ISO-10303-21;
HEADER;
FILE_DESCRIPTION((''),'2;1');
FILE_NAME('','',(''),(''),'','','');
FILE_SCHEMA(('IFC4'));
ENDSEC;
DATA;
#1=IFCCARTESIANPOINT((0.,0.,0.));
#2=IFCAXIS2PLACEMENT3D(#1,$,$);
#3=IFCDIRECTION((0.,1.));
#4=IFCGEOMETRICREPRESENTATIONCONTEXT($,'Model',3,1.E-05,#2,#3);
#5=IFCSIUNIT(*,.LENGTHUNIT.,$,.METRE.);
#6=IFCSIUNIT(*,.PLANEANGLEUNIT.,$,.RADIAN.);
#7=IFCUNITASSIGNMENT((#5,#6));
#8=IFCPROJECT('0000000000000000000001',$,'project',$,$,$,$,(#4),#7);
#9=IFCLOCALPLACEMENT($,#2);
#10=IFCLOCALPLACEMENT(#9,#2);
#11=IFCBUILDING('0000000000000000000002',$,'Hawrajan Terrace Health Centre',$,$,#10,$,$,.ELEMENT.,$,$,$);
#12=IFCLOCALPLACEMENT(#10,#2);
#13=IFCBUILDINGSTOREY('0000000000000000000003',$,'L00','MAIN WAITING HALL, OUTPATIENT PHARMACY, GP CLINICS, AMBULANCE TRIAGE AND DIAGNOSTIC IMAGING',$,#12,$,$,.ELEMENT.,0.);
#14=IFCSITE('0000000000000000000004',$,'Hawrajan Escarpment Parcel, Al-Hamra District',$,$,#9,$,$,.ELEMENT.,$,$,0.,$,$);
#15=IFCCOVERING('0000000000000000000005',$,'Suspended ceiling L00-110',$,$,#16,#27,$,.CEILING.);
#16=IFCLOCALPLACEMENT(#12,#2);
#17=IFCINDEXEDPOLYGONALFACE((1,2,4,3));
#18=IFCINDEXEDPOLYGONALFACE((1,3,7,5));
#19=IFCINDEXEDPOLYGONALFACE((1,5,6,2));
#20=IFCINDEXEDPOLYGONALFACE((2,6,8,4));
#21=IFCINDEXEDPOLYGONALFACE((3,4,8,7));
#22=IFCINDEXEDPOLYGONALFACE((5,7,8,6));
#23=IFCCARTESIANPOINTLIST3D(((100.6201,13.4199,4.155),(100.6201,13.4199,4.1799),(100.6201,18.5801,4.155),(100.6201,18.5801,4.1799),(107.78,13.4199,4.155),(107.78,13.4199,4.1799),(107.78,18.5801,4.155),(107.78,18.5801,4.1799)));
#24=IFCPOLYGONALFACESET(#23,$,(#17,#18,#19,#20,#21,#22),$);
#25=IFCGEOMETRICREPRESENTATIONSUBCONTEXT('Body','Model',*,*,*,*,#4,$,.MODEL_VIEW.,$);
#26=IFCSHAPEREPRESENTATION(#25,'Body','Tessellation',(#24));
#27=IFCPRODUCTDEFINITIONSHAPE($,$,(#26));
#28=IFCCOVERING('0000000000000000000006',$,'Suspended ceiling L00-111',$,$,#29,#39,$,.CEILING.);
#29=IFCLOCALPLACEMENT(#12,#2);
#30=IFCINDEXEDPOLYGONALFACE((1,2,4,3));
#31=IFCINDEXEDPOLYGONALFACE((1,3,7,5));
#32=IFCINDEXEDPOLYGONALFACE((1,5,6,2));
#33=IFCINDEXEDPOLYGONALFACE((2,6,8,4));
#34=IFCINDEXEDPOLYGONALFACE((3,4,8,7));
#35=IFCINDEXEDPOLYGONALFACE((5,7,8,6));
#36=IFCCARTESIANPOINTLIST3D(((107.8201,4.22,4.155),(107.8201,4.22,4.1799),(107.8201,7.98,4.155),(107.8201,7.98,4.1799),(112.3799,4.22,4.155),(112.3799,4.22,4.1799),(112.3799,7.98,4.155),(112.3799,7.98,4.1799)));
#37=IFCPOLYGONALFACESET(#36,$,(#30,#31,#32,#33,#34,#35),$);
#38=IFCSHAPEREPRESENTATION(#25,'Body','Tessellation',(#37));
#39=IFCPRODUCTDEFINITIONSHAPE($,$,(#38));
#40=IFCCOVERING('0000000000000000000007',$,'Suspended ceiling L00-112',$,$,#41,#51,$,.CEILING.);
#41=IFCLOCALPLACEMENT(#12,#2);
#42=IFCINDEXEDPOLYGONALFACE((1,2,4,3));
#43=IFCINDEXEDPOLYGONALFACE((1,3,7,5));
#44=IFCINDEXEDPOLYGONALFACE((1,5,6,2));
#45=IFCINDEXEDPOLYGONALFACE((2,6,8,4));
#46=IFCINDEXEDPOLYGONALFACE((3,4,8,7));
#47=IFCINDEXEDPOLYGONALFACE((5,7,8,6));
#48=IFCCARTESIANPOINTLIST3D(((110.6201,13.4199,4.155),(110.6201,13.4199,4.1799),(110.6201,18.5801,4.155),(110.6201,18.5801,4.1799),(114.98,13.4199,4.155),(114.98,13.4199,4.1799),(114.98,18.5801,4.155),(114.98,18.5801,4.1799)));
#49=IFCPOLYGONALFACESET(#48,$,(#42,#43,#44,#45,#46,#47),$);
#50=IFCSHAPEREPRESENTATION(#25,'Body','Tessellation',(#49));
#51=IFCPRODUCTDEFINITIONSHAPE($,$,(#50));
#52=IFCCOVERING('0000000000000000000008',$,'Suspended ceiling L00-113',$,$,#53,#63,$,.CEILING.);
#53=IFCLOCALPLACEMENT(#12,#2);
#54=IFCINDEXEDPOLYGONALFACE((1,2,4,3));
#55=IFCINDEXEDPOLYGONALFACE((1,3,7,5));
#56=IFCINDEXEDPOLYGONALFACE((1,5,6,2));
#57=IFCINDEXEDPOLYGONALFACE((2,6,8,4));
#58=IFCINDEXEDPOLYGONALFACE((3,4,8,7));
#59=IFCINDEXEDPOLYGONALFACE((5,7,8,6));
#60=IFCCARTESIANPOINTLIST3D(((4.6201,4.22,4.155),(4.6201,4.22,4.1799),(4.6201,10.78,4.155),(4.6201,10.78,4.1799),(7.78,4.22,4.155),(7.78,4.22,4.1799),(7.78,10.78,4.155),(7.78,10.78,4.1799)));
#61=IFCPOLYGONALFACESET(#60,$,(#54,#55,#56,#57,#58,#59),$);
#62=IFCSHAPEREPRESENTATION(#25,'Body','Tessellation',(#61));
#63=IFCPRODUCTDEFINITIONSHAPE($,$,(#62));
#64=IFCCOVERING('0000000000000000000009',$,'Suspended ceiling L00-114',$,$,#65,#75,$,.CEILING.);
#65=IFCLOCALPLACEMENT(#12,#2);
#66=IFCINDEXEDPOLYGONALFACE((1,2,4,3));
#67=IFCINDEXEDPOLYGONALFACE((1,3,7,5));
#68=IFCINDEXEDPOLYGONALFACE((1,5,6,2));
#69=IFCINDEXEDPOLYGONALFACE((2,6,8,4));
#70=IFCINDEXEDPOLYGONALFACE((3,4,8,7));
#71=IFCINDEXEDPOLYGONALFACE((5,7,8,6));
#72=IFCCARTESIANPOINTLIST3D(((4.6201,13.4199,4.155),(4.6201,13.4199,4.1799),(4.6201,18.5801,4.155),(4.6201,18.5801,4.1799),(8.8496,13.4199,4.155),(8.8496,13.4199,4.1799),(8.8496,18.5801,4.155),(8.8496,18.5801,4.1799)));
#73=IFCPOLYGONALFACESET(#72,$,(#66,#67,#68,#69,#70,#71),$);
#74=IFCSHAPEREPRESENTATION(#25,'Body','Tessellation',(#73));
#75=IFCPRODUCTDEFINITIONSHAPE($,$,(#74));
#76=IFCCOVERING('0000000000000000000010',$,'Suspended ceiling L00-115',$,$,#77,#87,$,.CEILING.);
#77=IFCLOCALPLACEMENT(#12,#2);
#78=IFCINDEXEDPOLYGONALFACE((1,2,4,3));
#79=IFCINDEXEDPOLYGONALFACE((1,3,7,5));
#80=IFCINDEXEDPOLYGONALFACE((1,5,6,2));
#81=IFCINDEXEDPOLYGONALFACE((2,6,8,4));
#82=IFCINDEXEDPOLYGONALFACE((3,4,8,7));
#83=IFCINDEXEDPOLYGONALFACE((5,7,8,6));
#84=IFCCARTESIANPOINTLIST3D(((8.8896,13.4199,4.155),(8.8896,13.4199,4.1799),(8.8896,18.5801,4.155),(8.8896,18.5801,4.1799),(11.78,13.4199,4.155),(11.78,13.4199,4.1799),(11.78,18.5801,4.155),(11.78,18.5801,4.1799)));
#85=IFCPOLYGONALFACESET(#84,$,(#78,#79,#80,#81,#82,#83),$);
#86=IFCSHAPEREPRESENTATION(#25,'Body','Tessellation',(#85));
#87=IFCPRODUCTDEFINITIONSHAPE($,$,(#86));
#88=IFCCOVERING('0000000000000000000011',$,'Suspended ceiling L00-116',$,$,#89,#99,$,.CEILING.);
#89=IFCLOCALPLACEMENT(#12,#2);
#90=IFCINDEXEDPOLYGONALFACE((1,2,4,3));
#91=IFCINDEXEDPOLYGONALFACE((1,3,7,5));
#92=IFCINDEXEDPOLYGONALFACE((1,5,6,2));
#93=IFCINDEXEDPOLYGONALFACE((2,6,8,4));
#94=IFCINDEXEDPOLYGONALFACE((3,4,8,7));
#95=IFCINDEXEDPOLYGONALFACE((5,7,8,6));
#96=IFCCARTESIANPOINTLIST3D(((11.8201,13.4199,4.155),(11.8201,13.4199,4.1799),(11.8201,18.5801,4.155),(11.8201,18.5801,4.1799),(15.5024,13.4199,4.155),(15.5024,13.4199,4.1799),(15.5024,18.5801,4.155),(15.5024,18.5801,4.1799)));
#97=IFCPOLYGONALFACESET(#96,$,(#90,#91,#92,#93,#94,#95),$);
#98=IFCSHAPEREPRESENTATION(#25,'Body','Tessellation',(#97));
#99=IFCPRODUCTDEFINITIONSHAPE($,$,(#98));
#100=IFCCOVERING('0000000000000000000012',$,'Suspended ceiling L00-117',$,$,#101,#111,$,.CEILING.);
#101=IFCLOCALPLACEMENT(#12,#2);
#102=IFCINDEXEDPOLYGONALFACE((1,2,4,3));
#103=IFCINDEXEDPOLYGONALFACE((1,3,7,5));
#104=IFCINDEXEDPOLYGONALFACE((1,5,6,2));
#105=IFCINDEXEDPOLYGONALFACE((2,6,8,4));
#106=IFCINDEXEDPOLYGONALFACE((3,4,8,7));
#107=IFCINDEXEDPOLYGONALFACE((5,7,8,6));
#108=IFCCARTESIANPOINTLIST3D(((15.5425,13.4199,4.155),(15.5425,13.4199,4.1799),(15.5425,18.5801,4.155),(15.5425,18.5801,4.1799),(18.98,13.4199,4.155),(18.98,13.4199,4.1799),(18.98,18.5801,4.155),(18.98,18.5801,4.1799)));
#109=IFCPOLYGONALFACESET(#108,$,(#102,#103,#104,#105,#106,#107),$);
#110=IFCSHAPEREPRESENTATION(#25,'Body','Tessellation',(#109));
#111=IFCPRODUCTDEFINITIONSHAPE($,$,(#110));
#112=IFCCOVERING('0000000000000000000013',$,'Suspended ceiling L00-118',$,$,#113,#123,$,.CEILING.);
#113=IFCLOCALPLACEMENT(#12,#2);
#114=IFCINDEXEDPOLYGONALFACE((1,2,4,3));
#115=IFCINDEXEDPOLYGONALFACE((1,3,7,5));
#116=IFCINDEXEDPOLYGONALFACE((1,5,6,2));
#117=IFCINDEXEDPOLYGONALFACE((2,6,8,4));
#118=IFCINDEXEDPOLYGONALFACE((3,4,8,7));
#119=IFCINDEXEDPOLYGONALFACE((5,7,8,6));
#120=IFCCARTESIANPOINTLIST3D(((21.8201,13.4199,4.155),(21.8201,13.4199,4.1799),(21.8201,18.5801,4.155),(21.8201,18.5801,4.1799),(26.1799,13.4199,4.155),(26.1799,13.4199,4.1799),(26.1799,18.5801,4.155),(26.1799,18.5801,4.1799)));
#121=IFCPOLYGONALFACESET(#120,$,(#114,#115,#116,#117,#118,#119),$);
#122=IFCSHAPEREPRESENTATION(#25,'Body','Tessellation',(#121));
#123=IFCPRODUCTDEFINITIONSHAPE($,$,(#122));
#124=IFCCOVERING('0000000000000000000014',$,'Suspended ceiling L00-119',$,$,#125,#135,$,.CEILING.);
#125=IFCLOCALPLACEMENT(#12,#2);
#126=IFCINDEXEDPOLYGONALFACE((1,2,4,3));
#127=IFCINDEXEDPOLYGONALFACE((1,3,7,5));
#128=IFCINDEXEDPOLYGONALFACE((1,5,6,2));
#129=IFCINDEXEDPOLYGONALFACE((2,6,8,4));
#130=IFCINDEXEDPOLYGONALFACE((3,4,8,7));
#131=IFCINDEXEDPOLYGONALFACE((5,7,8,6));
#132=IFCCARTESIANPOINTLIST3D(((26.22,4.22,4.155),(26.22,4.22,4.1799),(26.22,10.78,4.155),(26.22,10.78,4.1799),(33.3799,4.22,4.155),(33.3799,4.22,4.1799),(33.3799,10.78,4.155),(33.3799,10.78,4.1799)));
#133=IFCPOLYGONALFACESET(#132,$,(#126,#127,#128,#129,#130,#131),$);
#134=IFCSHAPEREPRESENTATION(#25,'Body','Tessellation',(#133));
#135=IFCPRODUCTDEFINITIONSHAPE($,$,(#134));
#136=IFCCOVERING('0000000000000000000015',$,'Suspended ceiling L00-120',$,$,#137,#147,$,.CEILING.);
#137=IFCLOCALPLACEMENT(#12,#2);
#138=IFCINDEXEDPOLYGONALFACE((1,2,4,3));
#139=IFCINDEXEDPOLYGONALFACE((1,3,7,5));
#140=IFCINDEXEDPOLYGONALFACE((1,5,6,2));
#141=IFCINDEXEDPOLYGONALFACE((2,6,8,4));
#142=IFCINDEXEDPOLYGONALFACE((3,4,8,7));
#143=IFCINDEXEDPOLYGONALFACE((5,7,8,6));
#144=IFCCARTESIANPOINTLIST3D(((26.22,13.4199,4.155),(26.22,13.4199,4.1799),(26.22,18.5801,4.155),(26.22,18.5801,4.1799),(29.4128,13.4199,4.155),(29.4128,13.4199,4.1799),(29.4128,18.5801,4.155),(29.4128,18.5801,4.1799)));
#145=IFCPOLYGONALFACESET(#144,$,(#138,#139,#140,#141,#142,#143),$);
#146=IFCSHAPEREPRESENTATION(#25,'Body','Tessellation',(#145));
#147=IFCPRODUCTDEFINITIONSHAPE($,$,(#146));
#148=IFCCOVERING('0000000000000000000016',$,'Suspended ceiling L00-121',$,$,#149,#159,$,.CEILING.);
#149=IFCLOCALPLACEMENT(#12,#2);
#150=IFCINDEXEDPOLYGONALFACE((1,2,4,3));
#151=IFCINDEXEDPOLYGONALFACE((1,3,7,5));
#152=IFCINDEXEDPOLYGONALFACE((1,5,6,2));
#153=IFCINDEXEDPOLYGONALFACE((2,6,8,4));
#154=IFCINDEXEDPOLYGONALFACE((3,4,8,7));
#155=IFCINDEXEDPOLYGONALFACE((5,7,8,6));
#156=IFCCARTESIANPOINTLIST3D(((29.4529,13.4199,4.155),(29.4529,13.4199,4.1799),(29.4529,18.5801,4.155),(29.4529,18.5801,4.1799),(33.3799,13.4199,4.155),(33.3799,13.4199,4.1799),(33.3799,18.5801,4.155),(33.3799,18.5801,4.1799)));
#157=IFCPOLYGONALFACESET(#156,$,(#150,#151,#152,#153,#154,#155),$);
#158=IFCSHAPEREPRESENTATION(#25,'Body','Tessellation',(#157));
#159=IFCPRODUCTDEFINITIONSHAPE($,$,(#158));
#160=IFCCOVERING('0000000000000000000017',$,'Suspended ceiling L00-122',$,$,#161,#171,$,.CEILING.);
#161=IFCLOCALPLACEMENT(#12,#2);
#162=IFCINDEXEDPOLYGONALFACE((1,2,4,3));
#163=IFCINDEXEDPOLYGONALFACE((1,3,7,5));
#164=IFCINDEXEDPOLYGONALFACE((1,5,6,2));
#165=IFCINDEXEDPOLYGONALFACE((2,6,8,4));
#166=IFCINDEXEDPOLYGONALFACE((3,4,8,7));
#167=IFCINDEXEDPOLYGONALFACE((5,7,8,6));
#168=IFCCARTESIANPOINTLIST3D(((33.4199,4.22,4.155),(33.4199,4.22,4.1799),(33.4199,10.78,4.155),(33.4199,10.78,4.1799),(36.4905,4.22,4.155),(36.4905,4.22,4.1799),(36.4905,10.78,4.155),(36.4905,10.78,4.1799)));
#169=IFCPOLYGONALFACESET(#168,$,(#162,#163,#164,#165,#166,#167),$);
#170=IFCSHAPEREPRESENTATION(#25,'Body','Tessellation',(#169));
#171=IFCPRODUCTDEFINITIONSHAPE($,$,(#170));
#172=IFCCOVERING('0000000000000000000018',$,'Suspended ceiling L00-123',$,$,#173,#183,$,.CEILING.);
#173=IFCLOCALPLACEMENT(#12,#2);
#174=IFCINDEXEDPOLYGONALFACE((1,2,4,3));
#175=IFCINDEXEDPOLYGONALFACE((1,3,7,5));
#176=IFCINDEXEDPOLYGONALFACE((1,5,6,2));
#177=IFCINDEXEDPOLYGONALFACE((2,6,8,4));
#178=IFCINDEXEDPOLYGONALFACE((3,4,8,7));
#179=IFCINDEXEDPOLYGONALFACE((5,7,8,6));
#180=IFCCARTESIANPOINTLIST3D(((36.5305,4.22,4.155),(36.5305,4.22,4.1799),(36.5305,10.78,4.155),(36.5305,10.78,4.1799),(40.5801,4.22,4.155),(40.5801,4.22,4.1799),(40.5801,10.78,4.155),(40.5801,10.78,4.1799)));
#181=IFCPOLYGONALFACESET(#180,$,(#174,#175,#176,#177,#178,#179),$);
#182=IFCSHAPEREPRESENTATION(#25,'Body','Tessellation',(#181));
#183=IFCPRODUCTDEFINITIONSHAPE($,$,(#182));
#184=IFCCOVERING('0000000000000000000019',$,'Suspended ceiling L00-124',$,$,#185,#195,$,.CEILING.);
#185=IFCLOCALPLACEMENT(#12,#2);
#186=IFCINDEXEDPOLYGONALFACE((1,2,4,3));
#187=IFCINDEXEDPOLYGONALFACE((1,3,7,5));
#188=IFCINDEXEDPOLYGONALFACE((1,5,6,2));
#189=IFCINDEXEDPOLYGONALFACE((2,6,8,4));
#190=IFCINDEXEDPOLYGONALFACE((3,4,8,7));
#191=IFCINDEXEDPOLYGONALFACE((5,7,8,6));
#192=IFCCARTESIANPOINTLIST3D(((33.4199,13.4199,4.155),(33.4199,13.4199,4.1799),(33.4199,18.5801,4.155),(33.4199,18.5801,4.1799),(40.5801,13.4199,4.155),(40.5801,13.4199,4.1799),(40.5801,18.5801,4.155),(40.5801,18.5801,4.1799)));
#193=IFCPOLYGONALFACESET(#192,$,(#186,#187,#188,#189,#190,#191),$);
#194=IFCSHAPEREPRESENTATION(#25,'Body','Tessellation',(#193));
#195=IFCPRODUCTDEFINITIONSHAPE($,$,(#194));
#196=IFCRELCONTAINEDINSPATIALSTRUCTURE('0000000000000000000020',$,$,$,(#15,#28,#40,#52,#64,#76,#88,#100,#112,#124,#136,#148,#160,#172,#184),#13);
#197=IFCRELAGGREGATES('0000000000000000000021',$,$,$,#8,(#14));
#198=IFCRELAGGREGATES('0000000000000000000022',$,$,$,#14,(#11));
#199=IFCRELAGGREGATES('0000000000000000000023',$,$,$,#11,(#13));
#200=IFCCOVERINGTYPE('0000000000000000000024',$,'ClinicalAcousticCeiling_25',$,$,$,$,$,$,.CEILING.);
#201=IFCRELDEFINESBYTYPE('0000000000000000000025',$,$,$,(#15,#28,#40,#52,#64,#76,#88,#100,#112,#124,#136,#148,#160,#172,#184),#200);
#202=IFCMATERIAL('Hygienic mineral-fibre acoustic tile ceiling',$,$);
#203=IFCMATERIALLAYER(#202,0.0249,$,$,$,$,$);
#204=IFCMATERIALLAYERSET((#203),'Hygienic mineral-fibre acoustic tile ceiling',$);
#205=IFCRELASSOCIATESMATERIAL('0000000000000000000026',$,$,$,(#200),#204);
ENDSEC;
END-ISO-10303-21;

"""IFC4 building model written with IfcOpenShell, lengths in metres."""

from ifc_helpers import new_model, si_unit, direction, frame, origin, place, context, subcontext, project, spatial, polyline, outline, extrude, material, layer, layer_set, type_object, element, save


model = new_model("IFC4")

# Units and contexts
model_context = context("Model", 3, precision=1e-05, world=origin(), true_north=direction((0.0, 1.0)))
body_context = subcontext(model_context, "Body", "Model", "MODEL_VIEW")
ifc_project = project(units=[si_unit("LENGTHUNIT", "METRE"), si_unit("PLANEANGLEUNIT", "RADIAN")], contexts=[model_context])

# Site, building, storey
site_placement = place(None, origin())
site = spatial("IfcSite", under=ifc_project, at=site_placement, Name="Hawrajan Escarpment Parcel, Al-Hamra District", CompositionType="ELEMENT", RefElevation=0.0)
building_placement = place(site_placement, origin())
building = spatial("IfcBuilding", under=site, at=building_placement, Name="Hawrajan Terrace Health Centre", CompositionType="ELEMENT")
storey_placement = place(building_placement, origin())
storey = spatial("IfcBuildingStorey", under=building, at=storey_placement, Name="L00", Description="MAIN WAITING HALL, OUTPATIENT PHARMACY, GP CLINICS, AMBULANCE TRIAGE AND DIAGNOSTIC IMAGING", CompositionType="ELEMENT", Elevation=0.0)

# Coverings
ifc_material = material(Name="Hygienic mineral-fibre acoustic tile ceiling")
ifc_layer = layer(ifc_material, 0.0249)
ifc_layer_set = layer_set([ifc_layer], Name="Hygienic mineral-fibre acoustic tile ceiling")
covering_type = type_object("IfcCoveringType", Name="ClinicalAcousticCeiling_25", PredefinedType="CEILING", material=ifc_layer_set)
covering_1_placement = place(storey_placement, frame((0.0, 0.0, 4.155)))
element("IfcCovering", 1, at=covering_1_placement, inside=storey, type_object=covering_type, Name="Suspended ceiling L00-110", PredefinedType="CEILING", context=body_context, shape_type="SweptSolid", body=[
    extrude(outline(polyline([(100.6201, 18.5801), (107.78, 18.5801), (107.78, 13.4199), (100.6201, 13.4199), (100.6201, 18.5801)])), origin(), (0.0, 0.0, 1.0), 0.0249),
])
covering_2_placement = place(storey_placement, frame((0.0, 0.0, 4.155)))
element("IfcCovering", 2, at=covering_2_placement, inside=storey, type_object=covering_type, Name="Suspended ceiling L00-111", PredefinedType="CEILING", context=body_context, shape_type="SweptSolid", body=[
    extrude(outline(polyline([(107.8201, 7.98), (112.3799, 7.98), (112.3799, 4.22), (107.8201, 4.22), (107.8201, 7.98)])), origin(), (0.0, 0.0, 1.0), 0.0249),
])
covering_3_placement = place(storey_placement, frame((0.0, 0.0, 4.155)))
element("IfcCovering", 3, at=covering_3_placement, inside=storey, type_object=covering_type, Name="Suspended ceiling L00-112", PredefinedType="CEILING", context=body_context, shape_type="SweptSolid", body=[
    extrude(outline(polyline([(110.6201, 18.5801), (114.98, 18.5801), (114.98, 13.4199), (110.6201, 13.4199), (110.6201, 18.5801)])), origin(), (0.0, 0.0, 1.0), 0.0249),
])
covering_4_placement = place(storey_placement, frame((0.0, 0.0, 4.155)))
element("IfcCovering", 4, at=covering_4_placement, inside=storey, type_object=covering_type, Name="Suspended ceiling L00-113", PredefinedType="CEILING", context=body_context, shape_type="SweptSolid", body=[
    extrude(outline(polyline([(4.6201, 10.78), (7.78, 10.78), (7.78, 4.22), (4.6201, 4.22), (4.6201, 10.78)])), origin(), (0.0, 0.0, 1.0), 0.0249),
])
covering_5_placement = place(storey_placement, frame((0.0, 0.0, 4.155)))
element("IfcCovering", 5, at=covering_5_placement, inside=storey, type_object=covering_type, Name="Suspended ceiling L00-114", PredefinedType="CEILING", context=body_context, shape_type="SweptSolid", body=[
    extrude(outline(polyline([(4.6201, 18.5801), (8.8496, 18.5801), (8.8496, 13.4199), (4.6201, 13.4199), (4.6201, 18.5801)])), origin(), (0.0, 0.0, 1.0), 0.0249),
])
covering_6_placement = place(storey_placement, frame((0.0, 0.0, 4.155)))
element("IfcCovering", 6, at=covering_6_placement, inside=storey, type_object=covering_type, Name="Suspended ceiling L00-115", PredefinedType="CEILING", context=body_context, shape_type="SweptSolid", body=[
    extrude(outline(polyline([(8.8896, 18.5801), (11.78, 18.5801), (11.78, 13.4199), (8.8896, 13.4199), (8.8896, 18.5801)])), origin(), (0.0, 0.0, 1.0), 0.0249),
])
covering_7_placement = place(storey_placement, frame((0.0, 0.0, 4.155)))
element("IfcCovering", 7, at=covering_7_placement, inside=storey, type_object=covering_type, Name="Suspended ceiling L00-116", PredefinedType="CEILING", context=body_context, shape_type="SweptSolid", body=[
    extrude(outline(polyline([(11.8201, 18.5801), (15.5024, 18.5801), (15.5024, 13.4199), (11.8201, 13.4199), (11.8201, 18.5801)])), origin(), (0.0, 0.0, 1.0), 0.0249),
])
covering_8_placement = place(storey_placement, frame((0.0, 0.0, 4.155)))
element("IfcCovering", 8, at=covering_8_placement, inside=storey, type_object=covering_type, Name="Suspended ceiling L00-117", PredefinedType="CEILING", context=body_context, shape_type="SweptSolid", body=[
    extrude(outline(polyline([(15.5425, 18.5801), (18.98, 18.5801), (18.98, 13.4199), (15.5425, 13.4199), (15.5425, 18.5801)])), origin(), (0.0, 0.0, 1.0), 0.0249),
])
covering_9_placement = place(storey_placement, frame((0.0, 0.0, 4.155)))
element("IfcCovering", 9, at=covering_9_placement, inside=storey, type_object=covering_type, Name="Suspended ceiling L00-118", PredefinedType="CEILING", context=body_context, shape_type="SweptSolid", body=[
    extrude(outline(polyline([(21.8201, 18.5801), (26.1799, 18.5801), (26.1799, 13.4199), (21.8201, 13.4199), (21.8201, 18.5801)])), origin(), (0.0, 0.0, 1.0), 0.0249),
])
covering_10_placement = place(storey_placement, frame((0.0, 0.0, 4.155)))
element("IfcCovering", 10, at=covering_10_placement, inside=storey, type_object=covering_type, Name="Suspended ceiling L00-119", PredefinedType="CEILING", context=body_context, shape_type="SweptSolid", body=[
    extrude(outline(polyline([(26.22, 10.78), (33.3799, 10.78), (33.3799, 4.22), (26.22, 4.22), (26.22, 10.78)])), origin(), (0.0, 0.0, 1.0), 0.0249),
])
covering_11_placement = place(storey_placement, frame((0.0, 0.0, 4.155)))
element("IfcCovering", 11, at=covering_11_placement, inside=storey, type_object=covering_type, Name="Suspended ceiling L00-120", PredefinedType="CEILING", context=body_context, shape_type="SweptSolid", body=[
    extrude(outline(polyline([(26.22, 18.5801), (29.4128, 18.5801), (29.4128, 13.4199), (26.22, 13.4199), (26.22, 18.5801)])), origin(), (0.0, 0.0, 1.0), 0.0249),
])
covering_12_placement = place(storey_placement, frame((0.0, 0.0, 4.155)))
element("IfcCovering", 12, at=covering_12_placement, inside=storey, type_object=covering_type, Name="Suspended ceiling L00-121", PredefinedType="CEILING", context=body_context, shape_type="SweptSolid", body=[
    extrude(outline(polyline([(29.4529, 18.5801), (33.3799, 18.5801), (33.3799, 13.4199), (29.4529, 13.4199), (29.4529, 18.5801)])), origin(), (0.0, 0.0, 1.0), 0.0249),
])
covering_13_placement = place(storey_placement, frame((0.0, 0.0, 4.155)))
element("IfcCovering", 13, at=covering_13_placement, inside=storey, type_object=covering_type, Name="Suspended ceiling L00-122", PredefinedType="CEILING", context=body_context, shape_type="SweptSolid", body=[
    extrude(outline(polyline([(33.4199, 10.78), (36.4905, 10.78), (36.4905, 4.22), (33.4199, 4.22), (33.4199, 10.78)])), origin(), (0.0, 0.0, 1.0), 0.0249),
])
covering_14_placement = place(storey_placement, frame((0.0, 0.0, 4.155)))
element("IfcCovering", 14, at=covering_14_placement, inside=storey, type_object=covering_type, Name="Suspended ceiling L00-123", PredefinedType="CEILING", context=body_context, shape_type="SweptSolid", body=[
    extrude(outline(polyline([(36.5305, 10.78), (40.5801, 10.78), (40.5801, 4.22), (36.5305, 4.22), (36.5305, 10.78)])), origin(), (0.0, 0.0, 1.0), 0.0249),
])
covering_15_placement = place(storey_placement, frame((0.0, 0.0, 4.155)))
element("IfcCovering", 15, at=covering_15_placement, inside=storey, type_object=covering_type, Name="Suspended ceiling L00-124", PredefinedType="CEILING", context=body_context, shape_type="SweptSolid", body=[
    extrude(outline(polyline([(33.4199, 18.5801), (40.5801, 18.5801), (40.5801, 13.4199), (33.4199, 13.4199), (33.4199, 18.5801)])), origin(), (0.0, 0.0, 1.0), 0.0249),
])

save(model, "model.ifc")
